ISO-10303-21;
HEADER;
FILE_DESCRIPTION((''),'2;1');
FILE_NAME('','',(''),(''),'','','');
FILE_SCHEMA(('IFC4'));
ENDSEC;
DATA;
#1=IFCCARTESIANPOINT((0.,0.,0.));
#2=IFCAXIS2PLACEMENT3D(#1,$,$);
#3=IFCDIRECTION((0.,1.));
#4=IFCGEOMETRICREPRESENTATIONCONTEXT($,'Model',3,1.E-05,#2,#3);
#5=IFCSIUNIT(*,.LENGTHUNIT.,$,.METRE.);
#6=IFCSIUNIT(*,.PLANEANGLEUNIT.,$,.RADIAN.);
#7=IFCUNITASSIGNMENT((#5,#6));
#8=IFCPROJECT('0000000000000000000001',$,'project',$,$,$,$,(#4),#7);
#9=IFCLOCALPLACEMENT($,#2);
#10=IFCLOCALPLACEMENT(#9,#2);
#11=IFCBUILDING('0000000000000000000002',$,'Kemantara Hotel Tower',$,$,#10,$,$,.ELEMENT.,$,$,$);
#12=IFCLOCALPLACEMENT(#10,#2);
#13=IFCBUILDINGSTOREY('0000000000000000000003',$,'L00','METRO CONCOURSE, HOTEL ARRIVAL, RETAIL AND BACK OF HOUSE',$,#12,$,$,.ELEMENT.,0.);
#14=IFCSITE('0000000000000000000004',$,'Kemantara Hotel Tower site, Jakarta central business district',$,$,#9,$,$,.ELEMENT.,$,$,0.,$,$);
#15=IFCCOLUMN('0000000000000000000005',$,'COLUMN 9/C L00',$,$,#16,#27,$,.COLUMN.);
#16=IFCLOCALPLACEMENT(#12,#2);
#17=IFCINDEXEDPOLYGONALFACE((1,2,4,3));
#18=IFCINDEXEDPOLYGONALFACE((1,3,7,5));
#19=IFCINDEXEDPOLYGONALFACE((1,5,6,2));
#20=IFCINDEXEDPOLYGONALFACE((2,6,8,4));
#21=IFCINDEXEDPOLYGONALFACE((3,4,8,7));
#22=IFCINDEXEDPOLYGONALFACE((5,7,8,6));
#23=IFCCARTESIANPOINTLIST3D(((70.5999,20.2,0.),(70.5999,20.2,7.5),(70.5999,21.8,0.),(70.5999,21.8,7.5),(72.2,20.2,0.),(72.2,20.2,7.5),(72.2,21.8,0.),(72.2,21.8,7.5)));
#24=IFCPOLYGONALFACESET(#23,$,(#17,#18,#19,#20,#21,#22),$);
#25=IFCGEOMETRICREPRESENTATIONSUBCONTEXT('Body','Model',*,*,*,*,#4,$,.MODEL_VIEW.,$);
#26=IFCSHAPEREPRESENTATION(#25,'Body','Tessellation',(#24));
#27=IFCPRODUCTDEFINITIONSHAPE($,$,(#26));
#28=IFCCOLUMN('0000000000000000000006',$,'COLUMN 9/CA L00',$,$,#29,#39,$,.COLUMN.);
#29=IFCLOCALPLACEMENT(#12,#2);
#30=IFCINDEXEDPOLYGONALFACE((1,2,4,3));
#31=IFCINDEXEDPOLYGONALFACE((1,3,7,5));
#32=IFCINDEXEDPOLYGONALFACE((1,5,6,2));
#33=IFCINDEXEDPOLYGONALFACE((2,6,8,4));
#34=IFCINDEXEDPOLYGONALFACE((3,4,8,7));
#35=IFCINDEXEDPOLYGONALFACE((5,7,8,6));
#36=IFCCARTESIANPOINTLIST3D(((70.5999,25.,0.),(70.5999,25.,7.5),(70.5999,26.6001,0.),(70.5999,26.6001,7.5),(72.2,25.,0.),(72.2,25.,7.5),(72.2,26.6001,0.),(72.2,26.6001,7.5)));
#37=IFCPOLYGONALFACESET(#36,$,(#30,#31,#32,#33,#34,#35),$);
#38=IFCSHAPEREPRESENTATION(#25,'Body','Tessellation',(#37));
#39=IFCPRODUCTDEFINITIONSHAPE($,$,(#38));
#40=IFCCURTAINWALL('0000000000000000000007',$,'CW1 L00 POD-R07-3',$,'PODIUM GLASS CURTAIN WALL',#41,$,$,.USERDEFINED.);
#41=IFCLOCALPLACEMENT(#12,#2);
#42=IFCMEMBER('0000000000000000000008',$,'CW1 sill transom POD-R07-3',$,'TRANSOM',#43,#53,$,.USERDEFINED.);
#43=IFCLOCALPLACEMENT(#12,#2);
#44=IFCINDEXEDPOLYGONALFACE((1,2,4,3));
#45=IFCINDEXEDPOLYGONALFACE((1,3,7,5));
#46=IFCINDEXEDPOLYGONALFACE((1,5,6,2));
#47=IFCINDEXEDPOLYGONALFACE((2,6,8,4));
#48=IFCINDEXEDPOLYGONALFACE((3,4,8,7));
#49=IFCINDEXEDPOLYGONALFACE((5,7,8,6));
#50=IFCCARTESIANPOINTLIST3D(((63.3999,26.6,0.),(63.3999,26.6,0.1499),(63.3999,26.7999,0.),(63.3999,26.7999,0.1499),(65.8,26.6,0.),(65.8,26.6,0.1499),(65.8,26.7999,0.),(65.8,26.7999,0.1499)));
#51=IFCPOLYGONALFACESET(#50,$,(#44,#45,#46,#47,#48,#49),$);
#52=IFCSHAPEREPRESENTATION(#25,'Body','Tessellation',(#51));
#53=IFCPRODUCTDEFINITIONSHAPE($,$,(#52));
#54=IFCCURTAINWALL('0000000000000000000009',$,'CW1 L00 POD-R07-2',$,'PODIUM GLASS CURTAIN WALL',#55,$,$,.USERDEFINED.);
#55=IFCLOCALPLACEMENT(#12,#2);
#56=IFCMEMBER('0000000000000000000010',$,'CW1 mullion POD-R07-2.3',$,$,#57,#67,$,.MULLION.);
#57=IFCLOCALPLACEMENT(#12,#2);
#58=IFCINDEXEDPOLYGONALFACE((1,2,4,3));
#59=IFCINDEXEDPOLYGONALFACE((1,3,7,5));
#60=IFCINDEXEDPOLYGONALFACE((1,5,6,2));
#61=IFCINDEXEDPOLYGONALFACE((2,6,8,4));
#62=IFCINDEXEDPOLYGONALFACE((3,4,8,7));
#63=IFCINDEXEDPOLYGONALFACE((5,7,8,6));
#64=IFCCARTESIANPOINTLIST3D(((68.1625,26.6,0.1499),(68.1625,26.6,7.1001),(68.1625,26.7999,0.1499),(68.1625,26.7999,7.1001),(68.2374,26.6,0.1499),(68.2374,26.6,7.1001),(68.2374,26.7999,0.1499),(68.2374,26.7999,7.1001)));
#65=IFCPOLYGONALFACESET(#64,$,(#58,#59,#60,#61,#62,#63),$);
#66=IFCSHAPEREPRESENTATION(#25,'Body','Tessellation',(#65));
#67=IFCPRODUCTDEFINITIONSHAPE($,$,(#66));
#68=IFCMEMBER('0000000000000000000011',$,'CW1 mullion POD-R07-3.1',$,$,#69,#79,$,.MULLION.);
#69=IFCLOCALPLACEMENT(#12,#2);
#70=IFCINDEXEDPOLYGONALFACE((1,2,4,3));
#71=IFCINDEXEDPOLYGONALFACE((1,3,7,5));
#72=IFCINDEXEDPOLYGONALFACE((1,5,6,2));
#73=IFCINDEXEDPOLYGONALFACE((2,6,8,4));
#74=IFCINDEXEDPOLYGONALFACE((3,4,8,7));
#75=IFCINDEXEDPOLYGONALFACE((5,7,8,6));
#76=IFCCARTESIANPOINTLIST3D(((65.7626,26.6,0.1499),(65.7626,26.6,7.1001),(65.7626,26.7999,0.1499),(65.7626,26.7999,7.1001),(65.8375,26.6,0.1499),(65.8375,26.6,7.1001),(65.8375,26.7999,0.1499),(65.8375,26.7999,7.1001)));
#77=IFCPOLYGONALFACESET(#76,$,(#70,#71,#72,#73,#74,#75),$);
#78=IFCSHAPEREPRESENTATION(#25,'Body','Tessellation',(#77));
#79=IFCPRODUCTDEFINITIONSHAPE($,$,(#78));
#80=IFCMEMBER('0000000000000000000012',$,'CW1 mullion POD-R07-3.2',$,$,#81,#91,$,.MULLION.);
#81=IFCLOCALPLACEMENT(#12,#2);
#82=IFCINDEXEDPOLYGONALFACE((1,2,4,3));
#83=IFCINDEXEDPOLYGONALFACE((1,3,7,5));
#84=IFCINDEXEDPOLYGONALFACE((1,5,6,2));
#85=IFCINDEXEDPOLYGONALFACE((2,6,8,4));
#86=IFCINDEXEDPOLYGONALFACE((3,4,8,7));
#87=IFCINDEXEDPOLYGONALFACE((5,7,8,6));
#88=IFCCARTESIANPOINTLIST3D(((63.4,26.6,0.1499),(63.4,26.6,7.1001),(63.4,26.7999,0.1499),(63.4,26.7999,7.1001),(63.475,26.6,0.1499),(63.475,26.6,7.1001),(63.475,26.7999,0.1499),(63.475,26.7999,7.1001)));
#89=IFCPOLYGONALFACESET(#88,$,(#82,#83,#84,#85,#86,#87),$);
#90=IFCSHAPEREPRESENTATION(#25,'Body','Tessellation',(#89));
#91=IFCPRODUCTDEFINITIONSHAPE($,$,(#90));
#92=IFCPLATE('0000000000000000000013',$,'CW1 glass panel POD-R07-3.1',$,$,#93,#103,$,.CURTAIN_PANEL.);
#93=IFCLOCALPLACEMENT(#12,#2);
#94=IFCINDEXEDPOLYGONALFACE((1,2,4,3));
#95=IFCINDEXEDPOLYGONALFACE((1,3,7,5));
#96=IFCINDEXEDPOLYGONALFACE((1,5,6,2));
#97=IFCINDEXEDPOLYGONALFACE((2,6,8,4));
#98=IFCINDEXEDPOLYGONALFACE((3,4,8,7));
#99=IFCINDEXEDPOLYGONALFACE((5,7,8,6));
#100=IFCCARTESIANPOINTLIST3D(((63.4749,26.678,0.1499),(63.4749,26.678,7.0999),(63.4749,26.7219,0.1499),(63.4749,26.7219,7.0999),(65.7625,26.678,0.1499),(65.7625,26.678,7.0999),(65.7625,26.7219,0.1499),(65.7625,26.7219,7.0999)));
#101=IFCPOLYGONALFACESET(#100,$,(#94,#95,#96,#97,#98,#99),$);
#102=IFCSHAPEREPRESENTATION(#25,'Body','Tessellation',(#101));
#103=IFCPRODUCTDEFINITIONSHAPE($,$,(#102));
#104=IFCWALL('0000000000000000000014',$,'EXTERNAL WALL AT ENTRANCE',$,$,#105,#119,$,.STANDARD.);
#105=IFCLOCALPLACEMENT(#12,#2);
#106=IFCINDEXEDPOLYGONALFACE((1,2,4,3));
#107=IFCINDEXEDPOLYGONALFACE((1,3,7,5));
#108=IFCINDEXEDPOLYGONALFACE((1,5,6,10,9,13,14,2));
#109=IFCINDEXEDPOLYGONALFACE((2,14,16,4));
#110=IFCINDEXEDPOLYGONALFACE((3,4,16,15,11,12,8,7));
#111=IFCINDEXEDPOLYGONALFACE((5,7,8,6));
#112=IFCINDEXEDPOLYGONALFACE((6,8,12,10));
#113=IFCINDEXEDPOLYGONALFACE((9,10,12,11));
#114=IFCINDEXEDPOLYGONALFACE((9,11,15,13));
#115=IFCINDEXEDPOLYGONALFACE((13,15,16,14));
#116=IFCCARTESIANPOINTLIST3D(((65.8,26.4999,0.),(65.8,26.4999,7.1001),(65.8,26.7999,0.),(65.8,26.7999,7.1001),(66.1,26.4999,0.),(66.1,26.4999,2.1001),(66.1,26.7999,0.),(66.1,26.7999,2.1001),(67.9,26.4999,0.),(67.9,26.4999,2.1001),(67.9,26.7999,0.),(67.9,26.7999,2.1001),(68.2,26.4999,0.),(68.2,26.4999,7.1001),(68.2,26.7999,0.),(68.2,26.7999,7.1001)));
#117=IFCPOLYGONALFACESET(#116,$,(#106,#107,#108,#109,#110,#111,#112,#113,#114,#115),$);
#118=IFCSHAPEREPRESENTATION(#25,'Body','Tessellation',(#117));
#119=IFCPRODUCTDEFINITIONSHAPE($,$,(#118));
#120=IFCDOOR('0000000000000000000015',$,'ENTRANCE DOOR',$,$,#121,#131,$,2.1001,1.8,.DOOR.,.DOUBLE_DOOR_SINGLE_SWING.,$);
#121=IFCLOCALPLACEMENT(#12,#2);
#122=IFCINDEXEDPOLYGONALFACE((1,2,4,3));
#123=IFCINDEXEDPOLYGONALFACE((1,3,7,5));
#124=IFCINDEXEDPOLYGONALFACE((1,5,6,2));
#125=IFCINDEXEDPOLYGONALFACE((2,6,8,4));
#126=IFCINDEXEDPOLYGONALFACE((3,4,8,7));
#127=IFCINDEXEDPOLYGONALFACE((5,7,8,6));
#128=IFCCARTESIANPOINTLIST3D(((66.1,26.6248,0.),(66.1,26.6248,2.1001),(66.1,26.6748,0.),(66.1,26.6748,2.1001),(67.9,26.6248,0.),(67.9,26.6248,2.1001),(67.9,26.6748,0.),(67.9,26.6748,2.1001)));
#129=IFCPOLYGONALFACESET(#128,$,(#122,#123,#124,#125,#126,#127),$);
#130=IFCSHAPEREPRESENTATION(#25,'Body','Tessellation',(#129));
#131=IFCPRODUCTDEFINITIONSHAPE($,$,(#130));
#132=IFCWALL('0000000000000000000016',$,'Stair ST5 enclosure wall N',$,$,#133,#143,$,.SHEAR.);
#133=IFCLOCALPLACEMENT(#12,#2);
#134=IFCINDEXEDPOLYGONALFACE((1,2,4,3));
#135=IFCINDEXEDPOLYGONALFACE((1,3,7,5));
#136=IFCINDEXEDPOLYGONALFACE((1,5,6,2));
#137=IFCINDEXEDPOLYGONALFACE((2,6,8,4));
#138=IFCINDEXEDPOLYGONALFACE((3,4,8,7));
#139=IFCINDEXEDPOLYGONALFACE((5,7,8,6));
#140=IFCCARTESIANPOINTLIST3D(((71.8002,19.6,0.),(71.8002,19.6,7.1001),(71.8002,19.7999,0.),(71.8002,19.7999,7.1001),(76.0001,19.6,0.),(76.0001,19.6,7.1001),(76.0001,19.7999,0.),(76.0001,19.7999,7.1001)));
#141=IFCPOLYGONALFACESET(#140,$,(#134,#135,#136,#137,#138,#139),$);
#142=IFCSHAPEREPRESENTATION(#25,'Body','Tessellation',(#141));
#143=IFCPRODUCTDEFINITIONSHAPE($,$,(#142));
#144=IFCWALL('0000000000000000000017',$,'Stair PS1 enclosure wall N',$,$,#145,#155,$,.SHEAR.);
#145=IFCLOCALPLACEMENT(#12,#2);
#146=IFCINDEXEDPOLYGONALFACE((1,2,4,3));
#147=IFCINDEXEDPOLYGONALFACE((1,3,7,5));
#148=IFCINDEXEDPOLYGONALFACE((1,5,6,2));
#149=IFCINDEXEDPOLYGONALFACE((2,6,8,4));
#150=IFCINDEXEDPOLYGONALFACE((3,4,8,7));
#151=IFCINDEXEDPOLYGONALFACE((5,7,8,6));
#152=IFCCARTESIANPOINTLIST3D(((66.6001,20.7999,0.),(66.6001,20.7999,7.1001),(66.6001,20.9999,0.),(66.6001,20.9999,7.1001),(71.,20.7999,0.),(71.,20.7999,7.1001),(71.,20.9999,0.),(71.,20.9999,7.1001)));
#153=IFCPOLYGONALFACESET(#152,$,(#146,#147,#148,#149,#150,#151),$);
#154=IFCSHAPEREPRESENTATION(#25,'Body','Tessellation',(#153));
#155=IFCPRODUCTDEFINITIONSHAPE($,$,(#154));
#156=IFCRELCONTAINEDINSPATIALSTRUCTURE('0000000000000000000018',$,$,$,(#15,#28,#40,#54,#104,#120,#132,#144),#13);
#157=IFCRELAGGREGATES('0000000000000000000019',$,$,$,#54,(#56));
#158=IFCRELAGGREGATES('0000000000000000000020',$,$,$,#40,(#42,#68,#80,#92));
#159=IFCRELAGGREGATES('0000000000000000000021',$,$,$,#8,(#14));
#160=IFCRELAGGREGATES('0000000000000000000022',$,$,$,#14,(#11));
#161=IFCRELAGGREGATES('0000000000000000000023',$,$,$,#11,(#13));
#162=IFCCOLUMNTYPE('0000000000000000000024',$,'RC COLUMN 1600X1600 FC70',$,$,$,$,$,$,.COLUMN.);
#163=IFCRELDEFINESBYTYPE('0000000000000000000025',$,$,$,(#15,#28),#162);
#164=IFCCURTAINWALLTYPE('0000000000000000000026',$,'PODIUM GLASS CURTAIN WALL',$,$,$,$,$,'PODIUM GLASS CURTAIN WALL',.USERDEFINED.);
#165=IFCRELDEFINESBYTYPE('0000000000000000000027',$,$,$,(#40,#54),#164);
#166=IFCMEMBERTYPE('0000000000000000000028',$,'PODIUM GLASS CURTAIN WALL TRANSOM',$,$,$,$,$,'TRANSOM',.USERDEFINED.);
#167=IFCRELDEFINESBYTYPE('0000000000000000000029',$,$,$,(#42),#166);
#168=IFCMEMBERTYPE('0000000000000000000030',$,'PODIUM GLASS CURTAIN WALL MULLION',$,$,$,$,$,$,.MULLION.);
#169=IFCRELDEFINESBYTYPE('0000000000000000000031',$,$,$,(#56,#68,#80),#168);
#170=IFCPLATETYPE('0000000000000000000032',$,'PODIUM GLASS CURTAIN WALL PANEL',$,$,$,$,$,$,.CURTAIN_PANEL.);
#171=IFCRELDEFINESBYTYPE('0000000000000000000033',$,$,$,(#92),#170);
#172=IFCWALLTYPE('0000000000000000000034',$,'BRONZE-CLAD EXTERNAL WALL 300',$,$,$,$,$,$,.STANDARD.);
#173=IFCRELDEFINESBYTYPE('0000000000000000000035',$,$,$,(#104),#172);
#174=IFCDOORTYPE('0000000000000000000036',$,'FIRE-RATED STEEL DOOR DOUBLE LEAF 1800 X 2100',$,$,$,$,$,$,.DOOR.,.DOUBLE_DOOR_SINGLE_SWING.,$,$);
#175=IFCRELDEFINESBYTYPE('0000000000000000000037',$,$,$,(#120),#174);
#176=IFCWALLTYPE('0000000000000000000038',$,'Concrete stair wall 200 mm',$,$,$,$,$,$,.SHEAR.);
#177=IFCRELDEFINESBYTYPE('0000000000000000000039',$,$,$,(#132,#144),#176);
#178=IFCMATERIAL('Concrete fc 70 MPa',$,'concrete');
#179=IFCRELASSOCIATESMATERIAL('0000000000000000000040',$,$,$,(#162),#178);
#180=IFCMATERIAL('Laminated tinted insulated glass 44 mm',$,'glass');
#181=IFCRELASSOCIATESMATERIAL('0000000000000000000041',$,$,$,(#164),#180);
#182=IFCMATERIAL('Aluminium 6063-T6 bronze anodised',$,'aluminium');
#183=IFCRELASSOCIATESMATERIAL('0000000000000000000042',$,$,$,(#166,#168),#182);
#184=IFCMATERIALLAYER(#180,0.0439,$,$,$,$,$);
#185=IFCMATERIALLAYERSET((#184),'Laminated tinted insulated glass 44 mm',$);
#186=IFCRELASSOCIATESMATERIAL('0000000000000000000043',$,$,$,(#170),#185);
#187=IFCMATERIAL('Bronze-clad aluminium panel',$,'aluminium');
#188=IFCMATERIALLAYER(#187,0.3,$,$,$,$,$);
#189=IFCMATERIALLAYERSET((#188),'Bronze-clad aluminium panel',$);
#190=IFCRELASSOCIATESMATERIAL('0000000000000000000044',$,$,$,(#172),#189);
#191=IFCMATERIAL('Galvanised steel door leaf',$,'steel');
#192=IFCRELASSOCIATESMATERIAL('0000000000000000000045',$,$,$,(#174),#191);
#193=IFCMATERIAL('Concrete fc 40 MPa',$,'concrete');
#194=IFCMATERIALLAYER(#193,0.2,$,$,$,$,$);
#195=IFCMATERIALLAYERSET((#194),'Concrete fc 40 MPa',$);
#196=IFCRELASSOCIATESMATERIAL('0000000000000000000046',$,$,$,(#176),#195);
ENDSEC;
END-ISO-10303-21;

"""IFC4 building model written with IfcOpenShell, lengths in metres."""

from ifc_helpers import new_model, si_unit, direction, frame, frame_2d, origin, origin_2d, place, context, subcontext, project, spatial, rectangle, extrude, source, transform, mapped, material, layer, layer_set, material_profile, profile_set, type_object, element, fill, aggregate, save


model = new_model("IFC4")

# Units and contexts
model_context = context("Model", 3, precision=1e-05, world=origin(), true_north=direction((0.0, 1.0)))
body_context = subcontext(model_context, "Body", "Model", "MODEL_VIEW")
ifc_project = project(units=[si_unit("LENGTHUNIT", "METRE"), si_unit("PLANEANGLEUNIT", "RADIAN")], contexts=[model_context])

# Site, building, storey
site_placement = place(None, origin())
site = spatial("IfcSite", under=ifc_project, at=site_placement, Name="Kemantara Hotel Tower site, Jakarta central business district", CompositionType="ELEMENT", RefElevation=0.0)
building_placement = place(site_placement, origin())
building = spatial("IfcBuilding", under=site, at=building_placement, Name="Kemantara Hotel Tower", CompositionType="ELEMENT")
storey_placement = place(building_placement, origin())
storey = spatial("IfcBuildingStorey", under=building, at=storey_placement, Name="L00", Description="METRO CONCOURSE, HOTEL ARRIVAL, RETAIL AND BACK OF HOUSE", CompositionType="ELEMENT", Elevation=0.0)

# Columns
ifc_material_1 = material(Name="Concrete fc 70 MPa", Category="concrete")
ifc_material_profile_1 = material_profile(ifc_material_1, rectangle(XDim=1.6001, YDim=1.6001, at=origin_2d()), Name="RC 1600X1600")
ifc_profile_set_1 = profile_set([ifc_material_profile_1], Name="Concrete fc 70 MPa")
column_type = type_object("IfcColumnType", Name="RC COLUMN 1600X1600 FC70", PredefinedType="COLUMN", material=ifc_profile_set_1)
for number, where, z_axis, x_axis, name in (
    (1, (71.3999, 21.0, 0.0), (0.0, 0.0, 1.0), (1.0, 0.0, 0.0), "COLUMN 9/C L00"),
    (2, (71.3999, 25.8, 0.0), (0.0, 0.0, 1.0), (1.0, 0.0, 0.0), "COLUMN 9/CA L00"),
):
    element("IfcColumn", number, at=place(storey_placement, frame(where, z_axis=z_axis, x_axis=x_axis)), inside=storey, type_object=column_type, Name=name, PredefinedType="COLUMN", context=body_context, shape_type="SweptSolid", body=[
        extrude(rectangle(XDim=1.6001, YDim=1.6001, at=origin_2d()), origin(), (0.0, 0.0, 1.0), 7.5),
    ])

# Curtain walls, members
ifc_material_2 = material(Name="Laminated tinted insulated glass 44 mm", Category="glass")
curtain_wall_type = type_object("IfcCurtainWallType", Name="PODIUM GLASS CURTAIN WALL", ElementType="PODIUM GLASS CURTAIN WALL", PredefinedType="USERDEFINED", material=ifc_material_2)
curtain_wall_1_placement = place(storey_placement, origin())
curtain_wall_1 = element("IfcCurtainWall", 3, at=curtain_wall_1_placement, inside=storey, type_object=curtain_wall_type, Name="CW1 L00 POD-R07-3", ObjectType="PODIUM GLASS CURTAIN WALL", PredefinedType="USERDEFINED")
ifc_material_3 = material(Name="Aluminium 6063-T6 bronze anodised", Category="aluminium")
ifc_material_profile_2 = material_profile(ifc_material_3, rectangle(XDim=0.2, YDim=0.1499, at=origin_2d()), Name="PODIUM GLASS CURTAIN WALL TRANSOM")
ifc_profile_set_2 = profile_set([ifc_material_profile_2], Name="Aluminium 6063-T6 bronze anodised")
member_type_1 = type_object("IfcMemberType", Name="PODIUM GLASS CURTAIN WALL TRANSOM", ElementType="TRANSOM", PredefinedType="USERDEFINED", material=ifc_profile_set_2)
member_1_placement = place(storey_placement, frame((65.8, 26.7, 0.075), z_axis=(-1.0, 0.0, 0.0), x_axis=(0.0, -1.0, 0.0)))
member_1 = element("IfcMember", 4, at=member_1_placement, type_object=member_type_1, Name="CW1 sill transom POD-R07-3", ObjectType="TRANSOM", PredefinedType="USERDEFINED", context=body_context, shape_type="SweptSolid", body=[
    extrude(rectangle(XDim=0.2, YDim=0.1499, at=origin_2d()), origin(), (0.0, 0.0, 1.0), 2.4001),
])
curtain_wall_2_placement = place(storey_placement, origin())
curtain_wall_2 = element("IfcCurtainWall", 5, at=curtain_wall_2_placement, inside=storey, type_object=curtain_wall_type, Name="CW1 L00 POD-R07-2", ObjectType="PODIUM GLASS CURTAIN WALL", PredefinedType="USERDEFINED")
ifc_material_profile_3 = material_profile(ifc_material_3, rectangle(XDim=0.2, YDim=0.075, at=origin_2d()), Name="PODIUM GLASS CURTAIN WALL MULLION")
ifc_profile_set_3 = profile_set([ifc_material_profile_3], Name="Aluminium 6063-T6 bronze anodised")
member_type_2 = type_object("IfcMemberType", Name="PODIUM GLASS CURTAIN WALL MULLION", PredefinedType="MULLION", material=ifc_profile_set_3)
shared_shape_1 = source(origin(), body_context, "Body", "SweptSolid", [
    extrude(rectangle(XDim=0.2, YDim=0.075, at=origin_2d()), origin(), (0.0, 0.0, 1.0), 6.9502),
])
member_2_placement = place(storey_placement, frame((68.2, 26.7, 0.1499), z_axis=(0.0, 0.0, 1.0), x_axis=(0.0, -1.0, 0.0)))
member_2 = element("IfcMember", 6, at=member_2_placement, type_object=member_type_2, Name="CW1 mullion POD-R07-2.3", PredefinedType="MULLION", context=body_context, shape_type="MappedRepresentation", body=[
    mapped(shared_shape_1, transform((0.0, 0.0, 0.0))),
])
aggregate(curtain_wall_2, [member_2])

# Members
member_3_placement = place(storey_placement, frame((65.8, 26.7, 0.1499), z_axis=(0.0, 0.0, 1.0), x_axis=(0.0, -1.0, 0.0)))
member_3 = element("IfcMember", 7, at=member_3_placement, type_object=member_type_2, Name="CW1 mullion POD-R07-3.1", PredefinedType="MULLION", context=body_context, shape_type="MappedRepresentation", body=[
    mapped(shared_shape_1, transform((0.0, 0.0, 0.0))),
])
member_4_placement = place(storey_placement, frame((63.4375, 26.7, 0.1499), z_axis=(0.0, 0.0, 1.0), x_axis=(0.0, -1.0, 0.0)))
member_4 = element("IfcMember", 8, at=member_4_placement, type_object=member_type_2, Name="CW1 mullion POD-R07-3.2", PredefinedType="MULLION", context=body_context, shape_type="MappedRepresentation", body=[
    mapped(shared_shape_1, transform((0.0, 0.0, 0.0))),
])

# Plate
ifc_layer_1 = layer(ifc_material_2, 0.0439)
ifc_layer_set_1 = layer_set([ifc_layer_1], Name="Laminated tinted insulated glass 44 mm")
plate_type = type_object("IfcPlateType", Name="PODIUM GLASS CURTAIN WALL PANEL", PredefinedType="CURTAIN_PANEL", material=ifc_layer_set_1)
shared_shape_2 = source(origin(), body_context, "Body", "SweptSolid", [
    extrude(rectangle(XDim=2.2876, YDim=0.0439, at=origin_2d()), origin(), (0.0, 0.0, 1.0), 6.95),
])
plate_placement = place(storey_placement, frame((64.6187, 26.7, 0.1499), z_axis=(0.0, 0.0, 1.0), x_axis=(-1.0, 0.0, 0.0)))
plate = element("IfcPlate", 9, at=plate_placement, type_object=plate_type, Name="CW1 glass panel POD-R07-3.1", PredefinedType="CURTAIN_PANEL", context=body_context, shape_type="MappedRepresentation", body=[
    mapped(shared_shape_2, transform((0.0, 0.0, 0.0))),
])
aggregate(curtain_wall_1, [member_1, member_3, member_4, plate])

# Wall, opening, door
ifc_material_4 = material(Name="Bronze-clad aluminium panel", Category="aluminium")
ifc_layer_2 = layer(ifc_material_4, 0.3)
ifc_layer_set_2 = layer_set([ifc_layer_2], Name="Bronze-clad aluminium panel")
wall_type_1 = type_object("IfcWallType", Name="BRONZE-CLAD EXTERNAL WALL 300", PredefinedType="STANDARD", material=ifc_layer_set_2)
wall_1_placement = place(storey_placement, frame((65.8, 26.6499, 0.0), z_axis=(0.0, 0.0, 1.0), x_axis=(1.0, 0.0, 0.0)))
wall_1 = element("IfcWall", 10, at=wall_1_placement, inside=storey, type_object=wall_type_1, Name="EXTERNAL WALL AT ENTRANCE", PredefinedType="STANDARD", context=body_context, shape_type="SweptSolid", body=[
    extrude(rectangle(XDim=2.3999, YDim=0.3, at=frame_2d((1.2, 0.0))), origin(), (0.0, 0.0, 1.0), 7.1001),
])
opening_placement = place(wall_1_placement, frame((0.3, 0.0, 0.0)))
opening = element("IfcOpeningElement", 11, at=opening_placement, cuts=wall_1, PredefinedType="OPENING", context=body_context, shape_type="SweptSolid", body=[
    extrude(rectangle(XDim=1.8, YDim=2.1001, at=frame_2d((0.8999, 1.05))), frame((0.0, 0.1599, 0.0), z_axis=(0.0, -1.0, 0.0), x_axis=(1.0, 0.0, 0.0)), (0.0, 0.0, 1.0), 0.3201),
])
ifc_material_5 = material(Name="Galvanised steel door leaf", Category="steel")
door_type = type_object("IfcDoorType", Name="FIRE-RATED STEEL DOOR DOUBLE LEAF 1800 X 2100", OperationType="DOUBLE_DOOR_SINGLE_SWING", PredefinedType="DOOR", material=ifc_material_5)
door_placement = place(opening_placement, origin())
door = element("IfcDoor", 12, at=door_placement, inside=storey, type_object=door_type, Name="ENTRANCE DOOR", OperationType="DOUBLE_DOOR_SINGLE_SWING", OverallHeight=2.1001, OverallWidth=1.8, PredefinedType="DOOR", context=body_context, shape_type="SweptSolid", body=[
    extrude(rectangle(XDim=1.8, YDim=2.1001, at=frame_2d((0.8999, 1.05))), frame((0.0, 0.0249, 0.0), z_axis=(0.0, -1.0, 0.0), x_axis=(1.0, 0.0, 0.0)), (0.0, 0.0, 1.0), 0.05),
])
fill(opening, door)

# Walls
ifc_material_6 = material(Name="Concrete fc 40 MPa", Category="concrete")
ifc_layer_3 = layer(ifc_material_6, 0.2)
ifc_layer_set_3 = layer_set([ifc_layer_3], Name="Concrete fc 40 MPa")
wall_type_2 = type_object("IfcWallType", Name="Concrete stair wall 200 mm", PredefinedType="SHEAR", material=ifc_layer_set_3)
wall_2_placement = place(storey_placement, frame((71.8, 19.7, 0.0), z_axis=(0.0, 0.0, 1.0), x_axis=(1.0, 0.0, 0.0)))
element("IfcWall", 13, at=wall_2_placement, inside=storey, type_object=wall_type_2, Name="Stair ST5 enclosure wall N", PredefinedType="SHEAR", context=body_context, shape_type="SweptSolid", body=[
    extrude(rectangle(XDim=4.2, YDim=0.2, at=frame_2d((2.1001, 0.0))), origin(), (0.0, 0.0, 1.0), 7.1001),
])
wall_3_placement = place(storey_placement, frame((66.6001, 20.8999, 0.0), z_axis=(0.0, 0.0, 1.0), x_axis=(1.0, 0.0, 0.0)))
element("IfcWall", 14, at=wall_3_placement, inside=storey, type_object=wall_type_2, Name="Stair PS1 enclosure wall N", PredefinedType="SHEAR", context=body_context, shape_type="SweptSolid", body=[
    extrude(rectangle(XDim=4.3999, YDim=0.2, at=frame_2d((2.2, 0.0))), origin(), (0.0, 0.0, 1.0), 7.1001),
])

save(model, "model.ifc")
